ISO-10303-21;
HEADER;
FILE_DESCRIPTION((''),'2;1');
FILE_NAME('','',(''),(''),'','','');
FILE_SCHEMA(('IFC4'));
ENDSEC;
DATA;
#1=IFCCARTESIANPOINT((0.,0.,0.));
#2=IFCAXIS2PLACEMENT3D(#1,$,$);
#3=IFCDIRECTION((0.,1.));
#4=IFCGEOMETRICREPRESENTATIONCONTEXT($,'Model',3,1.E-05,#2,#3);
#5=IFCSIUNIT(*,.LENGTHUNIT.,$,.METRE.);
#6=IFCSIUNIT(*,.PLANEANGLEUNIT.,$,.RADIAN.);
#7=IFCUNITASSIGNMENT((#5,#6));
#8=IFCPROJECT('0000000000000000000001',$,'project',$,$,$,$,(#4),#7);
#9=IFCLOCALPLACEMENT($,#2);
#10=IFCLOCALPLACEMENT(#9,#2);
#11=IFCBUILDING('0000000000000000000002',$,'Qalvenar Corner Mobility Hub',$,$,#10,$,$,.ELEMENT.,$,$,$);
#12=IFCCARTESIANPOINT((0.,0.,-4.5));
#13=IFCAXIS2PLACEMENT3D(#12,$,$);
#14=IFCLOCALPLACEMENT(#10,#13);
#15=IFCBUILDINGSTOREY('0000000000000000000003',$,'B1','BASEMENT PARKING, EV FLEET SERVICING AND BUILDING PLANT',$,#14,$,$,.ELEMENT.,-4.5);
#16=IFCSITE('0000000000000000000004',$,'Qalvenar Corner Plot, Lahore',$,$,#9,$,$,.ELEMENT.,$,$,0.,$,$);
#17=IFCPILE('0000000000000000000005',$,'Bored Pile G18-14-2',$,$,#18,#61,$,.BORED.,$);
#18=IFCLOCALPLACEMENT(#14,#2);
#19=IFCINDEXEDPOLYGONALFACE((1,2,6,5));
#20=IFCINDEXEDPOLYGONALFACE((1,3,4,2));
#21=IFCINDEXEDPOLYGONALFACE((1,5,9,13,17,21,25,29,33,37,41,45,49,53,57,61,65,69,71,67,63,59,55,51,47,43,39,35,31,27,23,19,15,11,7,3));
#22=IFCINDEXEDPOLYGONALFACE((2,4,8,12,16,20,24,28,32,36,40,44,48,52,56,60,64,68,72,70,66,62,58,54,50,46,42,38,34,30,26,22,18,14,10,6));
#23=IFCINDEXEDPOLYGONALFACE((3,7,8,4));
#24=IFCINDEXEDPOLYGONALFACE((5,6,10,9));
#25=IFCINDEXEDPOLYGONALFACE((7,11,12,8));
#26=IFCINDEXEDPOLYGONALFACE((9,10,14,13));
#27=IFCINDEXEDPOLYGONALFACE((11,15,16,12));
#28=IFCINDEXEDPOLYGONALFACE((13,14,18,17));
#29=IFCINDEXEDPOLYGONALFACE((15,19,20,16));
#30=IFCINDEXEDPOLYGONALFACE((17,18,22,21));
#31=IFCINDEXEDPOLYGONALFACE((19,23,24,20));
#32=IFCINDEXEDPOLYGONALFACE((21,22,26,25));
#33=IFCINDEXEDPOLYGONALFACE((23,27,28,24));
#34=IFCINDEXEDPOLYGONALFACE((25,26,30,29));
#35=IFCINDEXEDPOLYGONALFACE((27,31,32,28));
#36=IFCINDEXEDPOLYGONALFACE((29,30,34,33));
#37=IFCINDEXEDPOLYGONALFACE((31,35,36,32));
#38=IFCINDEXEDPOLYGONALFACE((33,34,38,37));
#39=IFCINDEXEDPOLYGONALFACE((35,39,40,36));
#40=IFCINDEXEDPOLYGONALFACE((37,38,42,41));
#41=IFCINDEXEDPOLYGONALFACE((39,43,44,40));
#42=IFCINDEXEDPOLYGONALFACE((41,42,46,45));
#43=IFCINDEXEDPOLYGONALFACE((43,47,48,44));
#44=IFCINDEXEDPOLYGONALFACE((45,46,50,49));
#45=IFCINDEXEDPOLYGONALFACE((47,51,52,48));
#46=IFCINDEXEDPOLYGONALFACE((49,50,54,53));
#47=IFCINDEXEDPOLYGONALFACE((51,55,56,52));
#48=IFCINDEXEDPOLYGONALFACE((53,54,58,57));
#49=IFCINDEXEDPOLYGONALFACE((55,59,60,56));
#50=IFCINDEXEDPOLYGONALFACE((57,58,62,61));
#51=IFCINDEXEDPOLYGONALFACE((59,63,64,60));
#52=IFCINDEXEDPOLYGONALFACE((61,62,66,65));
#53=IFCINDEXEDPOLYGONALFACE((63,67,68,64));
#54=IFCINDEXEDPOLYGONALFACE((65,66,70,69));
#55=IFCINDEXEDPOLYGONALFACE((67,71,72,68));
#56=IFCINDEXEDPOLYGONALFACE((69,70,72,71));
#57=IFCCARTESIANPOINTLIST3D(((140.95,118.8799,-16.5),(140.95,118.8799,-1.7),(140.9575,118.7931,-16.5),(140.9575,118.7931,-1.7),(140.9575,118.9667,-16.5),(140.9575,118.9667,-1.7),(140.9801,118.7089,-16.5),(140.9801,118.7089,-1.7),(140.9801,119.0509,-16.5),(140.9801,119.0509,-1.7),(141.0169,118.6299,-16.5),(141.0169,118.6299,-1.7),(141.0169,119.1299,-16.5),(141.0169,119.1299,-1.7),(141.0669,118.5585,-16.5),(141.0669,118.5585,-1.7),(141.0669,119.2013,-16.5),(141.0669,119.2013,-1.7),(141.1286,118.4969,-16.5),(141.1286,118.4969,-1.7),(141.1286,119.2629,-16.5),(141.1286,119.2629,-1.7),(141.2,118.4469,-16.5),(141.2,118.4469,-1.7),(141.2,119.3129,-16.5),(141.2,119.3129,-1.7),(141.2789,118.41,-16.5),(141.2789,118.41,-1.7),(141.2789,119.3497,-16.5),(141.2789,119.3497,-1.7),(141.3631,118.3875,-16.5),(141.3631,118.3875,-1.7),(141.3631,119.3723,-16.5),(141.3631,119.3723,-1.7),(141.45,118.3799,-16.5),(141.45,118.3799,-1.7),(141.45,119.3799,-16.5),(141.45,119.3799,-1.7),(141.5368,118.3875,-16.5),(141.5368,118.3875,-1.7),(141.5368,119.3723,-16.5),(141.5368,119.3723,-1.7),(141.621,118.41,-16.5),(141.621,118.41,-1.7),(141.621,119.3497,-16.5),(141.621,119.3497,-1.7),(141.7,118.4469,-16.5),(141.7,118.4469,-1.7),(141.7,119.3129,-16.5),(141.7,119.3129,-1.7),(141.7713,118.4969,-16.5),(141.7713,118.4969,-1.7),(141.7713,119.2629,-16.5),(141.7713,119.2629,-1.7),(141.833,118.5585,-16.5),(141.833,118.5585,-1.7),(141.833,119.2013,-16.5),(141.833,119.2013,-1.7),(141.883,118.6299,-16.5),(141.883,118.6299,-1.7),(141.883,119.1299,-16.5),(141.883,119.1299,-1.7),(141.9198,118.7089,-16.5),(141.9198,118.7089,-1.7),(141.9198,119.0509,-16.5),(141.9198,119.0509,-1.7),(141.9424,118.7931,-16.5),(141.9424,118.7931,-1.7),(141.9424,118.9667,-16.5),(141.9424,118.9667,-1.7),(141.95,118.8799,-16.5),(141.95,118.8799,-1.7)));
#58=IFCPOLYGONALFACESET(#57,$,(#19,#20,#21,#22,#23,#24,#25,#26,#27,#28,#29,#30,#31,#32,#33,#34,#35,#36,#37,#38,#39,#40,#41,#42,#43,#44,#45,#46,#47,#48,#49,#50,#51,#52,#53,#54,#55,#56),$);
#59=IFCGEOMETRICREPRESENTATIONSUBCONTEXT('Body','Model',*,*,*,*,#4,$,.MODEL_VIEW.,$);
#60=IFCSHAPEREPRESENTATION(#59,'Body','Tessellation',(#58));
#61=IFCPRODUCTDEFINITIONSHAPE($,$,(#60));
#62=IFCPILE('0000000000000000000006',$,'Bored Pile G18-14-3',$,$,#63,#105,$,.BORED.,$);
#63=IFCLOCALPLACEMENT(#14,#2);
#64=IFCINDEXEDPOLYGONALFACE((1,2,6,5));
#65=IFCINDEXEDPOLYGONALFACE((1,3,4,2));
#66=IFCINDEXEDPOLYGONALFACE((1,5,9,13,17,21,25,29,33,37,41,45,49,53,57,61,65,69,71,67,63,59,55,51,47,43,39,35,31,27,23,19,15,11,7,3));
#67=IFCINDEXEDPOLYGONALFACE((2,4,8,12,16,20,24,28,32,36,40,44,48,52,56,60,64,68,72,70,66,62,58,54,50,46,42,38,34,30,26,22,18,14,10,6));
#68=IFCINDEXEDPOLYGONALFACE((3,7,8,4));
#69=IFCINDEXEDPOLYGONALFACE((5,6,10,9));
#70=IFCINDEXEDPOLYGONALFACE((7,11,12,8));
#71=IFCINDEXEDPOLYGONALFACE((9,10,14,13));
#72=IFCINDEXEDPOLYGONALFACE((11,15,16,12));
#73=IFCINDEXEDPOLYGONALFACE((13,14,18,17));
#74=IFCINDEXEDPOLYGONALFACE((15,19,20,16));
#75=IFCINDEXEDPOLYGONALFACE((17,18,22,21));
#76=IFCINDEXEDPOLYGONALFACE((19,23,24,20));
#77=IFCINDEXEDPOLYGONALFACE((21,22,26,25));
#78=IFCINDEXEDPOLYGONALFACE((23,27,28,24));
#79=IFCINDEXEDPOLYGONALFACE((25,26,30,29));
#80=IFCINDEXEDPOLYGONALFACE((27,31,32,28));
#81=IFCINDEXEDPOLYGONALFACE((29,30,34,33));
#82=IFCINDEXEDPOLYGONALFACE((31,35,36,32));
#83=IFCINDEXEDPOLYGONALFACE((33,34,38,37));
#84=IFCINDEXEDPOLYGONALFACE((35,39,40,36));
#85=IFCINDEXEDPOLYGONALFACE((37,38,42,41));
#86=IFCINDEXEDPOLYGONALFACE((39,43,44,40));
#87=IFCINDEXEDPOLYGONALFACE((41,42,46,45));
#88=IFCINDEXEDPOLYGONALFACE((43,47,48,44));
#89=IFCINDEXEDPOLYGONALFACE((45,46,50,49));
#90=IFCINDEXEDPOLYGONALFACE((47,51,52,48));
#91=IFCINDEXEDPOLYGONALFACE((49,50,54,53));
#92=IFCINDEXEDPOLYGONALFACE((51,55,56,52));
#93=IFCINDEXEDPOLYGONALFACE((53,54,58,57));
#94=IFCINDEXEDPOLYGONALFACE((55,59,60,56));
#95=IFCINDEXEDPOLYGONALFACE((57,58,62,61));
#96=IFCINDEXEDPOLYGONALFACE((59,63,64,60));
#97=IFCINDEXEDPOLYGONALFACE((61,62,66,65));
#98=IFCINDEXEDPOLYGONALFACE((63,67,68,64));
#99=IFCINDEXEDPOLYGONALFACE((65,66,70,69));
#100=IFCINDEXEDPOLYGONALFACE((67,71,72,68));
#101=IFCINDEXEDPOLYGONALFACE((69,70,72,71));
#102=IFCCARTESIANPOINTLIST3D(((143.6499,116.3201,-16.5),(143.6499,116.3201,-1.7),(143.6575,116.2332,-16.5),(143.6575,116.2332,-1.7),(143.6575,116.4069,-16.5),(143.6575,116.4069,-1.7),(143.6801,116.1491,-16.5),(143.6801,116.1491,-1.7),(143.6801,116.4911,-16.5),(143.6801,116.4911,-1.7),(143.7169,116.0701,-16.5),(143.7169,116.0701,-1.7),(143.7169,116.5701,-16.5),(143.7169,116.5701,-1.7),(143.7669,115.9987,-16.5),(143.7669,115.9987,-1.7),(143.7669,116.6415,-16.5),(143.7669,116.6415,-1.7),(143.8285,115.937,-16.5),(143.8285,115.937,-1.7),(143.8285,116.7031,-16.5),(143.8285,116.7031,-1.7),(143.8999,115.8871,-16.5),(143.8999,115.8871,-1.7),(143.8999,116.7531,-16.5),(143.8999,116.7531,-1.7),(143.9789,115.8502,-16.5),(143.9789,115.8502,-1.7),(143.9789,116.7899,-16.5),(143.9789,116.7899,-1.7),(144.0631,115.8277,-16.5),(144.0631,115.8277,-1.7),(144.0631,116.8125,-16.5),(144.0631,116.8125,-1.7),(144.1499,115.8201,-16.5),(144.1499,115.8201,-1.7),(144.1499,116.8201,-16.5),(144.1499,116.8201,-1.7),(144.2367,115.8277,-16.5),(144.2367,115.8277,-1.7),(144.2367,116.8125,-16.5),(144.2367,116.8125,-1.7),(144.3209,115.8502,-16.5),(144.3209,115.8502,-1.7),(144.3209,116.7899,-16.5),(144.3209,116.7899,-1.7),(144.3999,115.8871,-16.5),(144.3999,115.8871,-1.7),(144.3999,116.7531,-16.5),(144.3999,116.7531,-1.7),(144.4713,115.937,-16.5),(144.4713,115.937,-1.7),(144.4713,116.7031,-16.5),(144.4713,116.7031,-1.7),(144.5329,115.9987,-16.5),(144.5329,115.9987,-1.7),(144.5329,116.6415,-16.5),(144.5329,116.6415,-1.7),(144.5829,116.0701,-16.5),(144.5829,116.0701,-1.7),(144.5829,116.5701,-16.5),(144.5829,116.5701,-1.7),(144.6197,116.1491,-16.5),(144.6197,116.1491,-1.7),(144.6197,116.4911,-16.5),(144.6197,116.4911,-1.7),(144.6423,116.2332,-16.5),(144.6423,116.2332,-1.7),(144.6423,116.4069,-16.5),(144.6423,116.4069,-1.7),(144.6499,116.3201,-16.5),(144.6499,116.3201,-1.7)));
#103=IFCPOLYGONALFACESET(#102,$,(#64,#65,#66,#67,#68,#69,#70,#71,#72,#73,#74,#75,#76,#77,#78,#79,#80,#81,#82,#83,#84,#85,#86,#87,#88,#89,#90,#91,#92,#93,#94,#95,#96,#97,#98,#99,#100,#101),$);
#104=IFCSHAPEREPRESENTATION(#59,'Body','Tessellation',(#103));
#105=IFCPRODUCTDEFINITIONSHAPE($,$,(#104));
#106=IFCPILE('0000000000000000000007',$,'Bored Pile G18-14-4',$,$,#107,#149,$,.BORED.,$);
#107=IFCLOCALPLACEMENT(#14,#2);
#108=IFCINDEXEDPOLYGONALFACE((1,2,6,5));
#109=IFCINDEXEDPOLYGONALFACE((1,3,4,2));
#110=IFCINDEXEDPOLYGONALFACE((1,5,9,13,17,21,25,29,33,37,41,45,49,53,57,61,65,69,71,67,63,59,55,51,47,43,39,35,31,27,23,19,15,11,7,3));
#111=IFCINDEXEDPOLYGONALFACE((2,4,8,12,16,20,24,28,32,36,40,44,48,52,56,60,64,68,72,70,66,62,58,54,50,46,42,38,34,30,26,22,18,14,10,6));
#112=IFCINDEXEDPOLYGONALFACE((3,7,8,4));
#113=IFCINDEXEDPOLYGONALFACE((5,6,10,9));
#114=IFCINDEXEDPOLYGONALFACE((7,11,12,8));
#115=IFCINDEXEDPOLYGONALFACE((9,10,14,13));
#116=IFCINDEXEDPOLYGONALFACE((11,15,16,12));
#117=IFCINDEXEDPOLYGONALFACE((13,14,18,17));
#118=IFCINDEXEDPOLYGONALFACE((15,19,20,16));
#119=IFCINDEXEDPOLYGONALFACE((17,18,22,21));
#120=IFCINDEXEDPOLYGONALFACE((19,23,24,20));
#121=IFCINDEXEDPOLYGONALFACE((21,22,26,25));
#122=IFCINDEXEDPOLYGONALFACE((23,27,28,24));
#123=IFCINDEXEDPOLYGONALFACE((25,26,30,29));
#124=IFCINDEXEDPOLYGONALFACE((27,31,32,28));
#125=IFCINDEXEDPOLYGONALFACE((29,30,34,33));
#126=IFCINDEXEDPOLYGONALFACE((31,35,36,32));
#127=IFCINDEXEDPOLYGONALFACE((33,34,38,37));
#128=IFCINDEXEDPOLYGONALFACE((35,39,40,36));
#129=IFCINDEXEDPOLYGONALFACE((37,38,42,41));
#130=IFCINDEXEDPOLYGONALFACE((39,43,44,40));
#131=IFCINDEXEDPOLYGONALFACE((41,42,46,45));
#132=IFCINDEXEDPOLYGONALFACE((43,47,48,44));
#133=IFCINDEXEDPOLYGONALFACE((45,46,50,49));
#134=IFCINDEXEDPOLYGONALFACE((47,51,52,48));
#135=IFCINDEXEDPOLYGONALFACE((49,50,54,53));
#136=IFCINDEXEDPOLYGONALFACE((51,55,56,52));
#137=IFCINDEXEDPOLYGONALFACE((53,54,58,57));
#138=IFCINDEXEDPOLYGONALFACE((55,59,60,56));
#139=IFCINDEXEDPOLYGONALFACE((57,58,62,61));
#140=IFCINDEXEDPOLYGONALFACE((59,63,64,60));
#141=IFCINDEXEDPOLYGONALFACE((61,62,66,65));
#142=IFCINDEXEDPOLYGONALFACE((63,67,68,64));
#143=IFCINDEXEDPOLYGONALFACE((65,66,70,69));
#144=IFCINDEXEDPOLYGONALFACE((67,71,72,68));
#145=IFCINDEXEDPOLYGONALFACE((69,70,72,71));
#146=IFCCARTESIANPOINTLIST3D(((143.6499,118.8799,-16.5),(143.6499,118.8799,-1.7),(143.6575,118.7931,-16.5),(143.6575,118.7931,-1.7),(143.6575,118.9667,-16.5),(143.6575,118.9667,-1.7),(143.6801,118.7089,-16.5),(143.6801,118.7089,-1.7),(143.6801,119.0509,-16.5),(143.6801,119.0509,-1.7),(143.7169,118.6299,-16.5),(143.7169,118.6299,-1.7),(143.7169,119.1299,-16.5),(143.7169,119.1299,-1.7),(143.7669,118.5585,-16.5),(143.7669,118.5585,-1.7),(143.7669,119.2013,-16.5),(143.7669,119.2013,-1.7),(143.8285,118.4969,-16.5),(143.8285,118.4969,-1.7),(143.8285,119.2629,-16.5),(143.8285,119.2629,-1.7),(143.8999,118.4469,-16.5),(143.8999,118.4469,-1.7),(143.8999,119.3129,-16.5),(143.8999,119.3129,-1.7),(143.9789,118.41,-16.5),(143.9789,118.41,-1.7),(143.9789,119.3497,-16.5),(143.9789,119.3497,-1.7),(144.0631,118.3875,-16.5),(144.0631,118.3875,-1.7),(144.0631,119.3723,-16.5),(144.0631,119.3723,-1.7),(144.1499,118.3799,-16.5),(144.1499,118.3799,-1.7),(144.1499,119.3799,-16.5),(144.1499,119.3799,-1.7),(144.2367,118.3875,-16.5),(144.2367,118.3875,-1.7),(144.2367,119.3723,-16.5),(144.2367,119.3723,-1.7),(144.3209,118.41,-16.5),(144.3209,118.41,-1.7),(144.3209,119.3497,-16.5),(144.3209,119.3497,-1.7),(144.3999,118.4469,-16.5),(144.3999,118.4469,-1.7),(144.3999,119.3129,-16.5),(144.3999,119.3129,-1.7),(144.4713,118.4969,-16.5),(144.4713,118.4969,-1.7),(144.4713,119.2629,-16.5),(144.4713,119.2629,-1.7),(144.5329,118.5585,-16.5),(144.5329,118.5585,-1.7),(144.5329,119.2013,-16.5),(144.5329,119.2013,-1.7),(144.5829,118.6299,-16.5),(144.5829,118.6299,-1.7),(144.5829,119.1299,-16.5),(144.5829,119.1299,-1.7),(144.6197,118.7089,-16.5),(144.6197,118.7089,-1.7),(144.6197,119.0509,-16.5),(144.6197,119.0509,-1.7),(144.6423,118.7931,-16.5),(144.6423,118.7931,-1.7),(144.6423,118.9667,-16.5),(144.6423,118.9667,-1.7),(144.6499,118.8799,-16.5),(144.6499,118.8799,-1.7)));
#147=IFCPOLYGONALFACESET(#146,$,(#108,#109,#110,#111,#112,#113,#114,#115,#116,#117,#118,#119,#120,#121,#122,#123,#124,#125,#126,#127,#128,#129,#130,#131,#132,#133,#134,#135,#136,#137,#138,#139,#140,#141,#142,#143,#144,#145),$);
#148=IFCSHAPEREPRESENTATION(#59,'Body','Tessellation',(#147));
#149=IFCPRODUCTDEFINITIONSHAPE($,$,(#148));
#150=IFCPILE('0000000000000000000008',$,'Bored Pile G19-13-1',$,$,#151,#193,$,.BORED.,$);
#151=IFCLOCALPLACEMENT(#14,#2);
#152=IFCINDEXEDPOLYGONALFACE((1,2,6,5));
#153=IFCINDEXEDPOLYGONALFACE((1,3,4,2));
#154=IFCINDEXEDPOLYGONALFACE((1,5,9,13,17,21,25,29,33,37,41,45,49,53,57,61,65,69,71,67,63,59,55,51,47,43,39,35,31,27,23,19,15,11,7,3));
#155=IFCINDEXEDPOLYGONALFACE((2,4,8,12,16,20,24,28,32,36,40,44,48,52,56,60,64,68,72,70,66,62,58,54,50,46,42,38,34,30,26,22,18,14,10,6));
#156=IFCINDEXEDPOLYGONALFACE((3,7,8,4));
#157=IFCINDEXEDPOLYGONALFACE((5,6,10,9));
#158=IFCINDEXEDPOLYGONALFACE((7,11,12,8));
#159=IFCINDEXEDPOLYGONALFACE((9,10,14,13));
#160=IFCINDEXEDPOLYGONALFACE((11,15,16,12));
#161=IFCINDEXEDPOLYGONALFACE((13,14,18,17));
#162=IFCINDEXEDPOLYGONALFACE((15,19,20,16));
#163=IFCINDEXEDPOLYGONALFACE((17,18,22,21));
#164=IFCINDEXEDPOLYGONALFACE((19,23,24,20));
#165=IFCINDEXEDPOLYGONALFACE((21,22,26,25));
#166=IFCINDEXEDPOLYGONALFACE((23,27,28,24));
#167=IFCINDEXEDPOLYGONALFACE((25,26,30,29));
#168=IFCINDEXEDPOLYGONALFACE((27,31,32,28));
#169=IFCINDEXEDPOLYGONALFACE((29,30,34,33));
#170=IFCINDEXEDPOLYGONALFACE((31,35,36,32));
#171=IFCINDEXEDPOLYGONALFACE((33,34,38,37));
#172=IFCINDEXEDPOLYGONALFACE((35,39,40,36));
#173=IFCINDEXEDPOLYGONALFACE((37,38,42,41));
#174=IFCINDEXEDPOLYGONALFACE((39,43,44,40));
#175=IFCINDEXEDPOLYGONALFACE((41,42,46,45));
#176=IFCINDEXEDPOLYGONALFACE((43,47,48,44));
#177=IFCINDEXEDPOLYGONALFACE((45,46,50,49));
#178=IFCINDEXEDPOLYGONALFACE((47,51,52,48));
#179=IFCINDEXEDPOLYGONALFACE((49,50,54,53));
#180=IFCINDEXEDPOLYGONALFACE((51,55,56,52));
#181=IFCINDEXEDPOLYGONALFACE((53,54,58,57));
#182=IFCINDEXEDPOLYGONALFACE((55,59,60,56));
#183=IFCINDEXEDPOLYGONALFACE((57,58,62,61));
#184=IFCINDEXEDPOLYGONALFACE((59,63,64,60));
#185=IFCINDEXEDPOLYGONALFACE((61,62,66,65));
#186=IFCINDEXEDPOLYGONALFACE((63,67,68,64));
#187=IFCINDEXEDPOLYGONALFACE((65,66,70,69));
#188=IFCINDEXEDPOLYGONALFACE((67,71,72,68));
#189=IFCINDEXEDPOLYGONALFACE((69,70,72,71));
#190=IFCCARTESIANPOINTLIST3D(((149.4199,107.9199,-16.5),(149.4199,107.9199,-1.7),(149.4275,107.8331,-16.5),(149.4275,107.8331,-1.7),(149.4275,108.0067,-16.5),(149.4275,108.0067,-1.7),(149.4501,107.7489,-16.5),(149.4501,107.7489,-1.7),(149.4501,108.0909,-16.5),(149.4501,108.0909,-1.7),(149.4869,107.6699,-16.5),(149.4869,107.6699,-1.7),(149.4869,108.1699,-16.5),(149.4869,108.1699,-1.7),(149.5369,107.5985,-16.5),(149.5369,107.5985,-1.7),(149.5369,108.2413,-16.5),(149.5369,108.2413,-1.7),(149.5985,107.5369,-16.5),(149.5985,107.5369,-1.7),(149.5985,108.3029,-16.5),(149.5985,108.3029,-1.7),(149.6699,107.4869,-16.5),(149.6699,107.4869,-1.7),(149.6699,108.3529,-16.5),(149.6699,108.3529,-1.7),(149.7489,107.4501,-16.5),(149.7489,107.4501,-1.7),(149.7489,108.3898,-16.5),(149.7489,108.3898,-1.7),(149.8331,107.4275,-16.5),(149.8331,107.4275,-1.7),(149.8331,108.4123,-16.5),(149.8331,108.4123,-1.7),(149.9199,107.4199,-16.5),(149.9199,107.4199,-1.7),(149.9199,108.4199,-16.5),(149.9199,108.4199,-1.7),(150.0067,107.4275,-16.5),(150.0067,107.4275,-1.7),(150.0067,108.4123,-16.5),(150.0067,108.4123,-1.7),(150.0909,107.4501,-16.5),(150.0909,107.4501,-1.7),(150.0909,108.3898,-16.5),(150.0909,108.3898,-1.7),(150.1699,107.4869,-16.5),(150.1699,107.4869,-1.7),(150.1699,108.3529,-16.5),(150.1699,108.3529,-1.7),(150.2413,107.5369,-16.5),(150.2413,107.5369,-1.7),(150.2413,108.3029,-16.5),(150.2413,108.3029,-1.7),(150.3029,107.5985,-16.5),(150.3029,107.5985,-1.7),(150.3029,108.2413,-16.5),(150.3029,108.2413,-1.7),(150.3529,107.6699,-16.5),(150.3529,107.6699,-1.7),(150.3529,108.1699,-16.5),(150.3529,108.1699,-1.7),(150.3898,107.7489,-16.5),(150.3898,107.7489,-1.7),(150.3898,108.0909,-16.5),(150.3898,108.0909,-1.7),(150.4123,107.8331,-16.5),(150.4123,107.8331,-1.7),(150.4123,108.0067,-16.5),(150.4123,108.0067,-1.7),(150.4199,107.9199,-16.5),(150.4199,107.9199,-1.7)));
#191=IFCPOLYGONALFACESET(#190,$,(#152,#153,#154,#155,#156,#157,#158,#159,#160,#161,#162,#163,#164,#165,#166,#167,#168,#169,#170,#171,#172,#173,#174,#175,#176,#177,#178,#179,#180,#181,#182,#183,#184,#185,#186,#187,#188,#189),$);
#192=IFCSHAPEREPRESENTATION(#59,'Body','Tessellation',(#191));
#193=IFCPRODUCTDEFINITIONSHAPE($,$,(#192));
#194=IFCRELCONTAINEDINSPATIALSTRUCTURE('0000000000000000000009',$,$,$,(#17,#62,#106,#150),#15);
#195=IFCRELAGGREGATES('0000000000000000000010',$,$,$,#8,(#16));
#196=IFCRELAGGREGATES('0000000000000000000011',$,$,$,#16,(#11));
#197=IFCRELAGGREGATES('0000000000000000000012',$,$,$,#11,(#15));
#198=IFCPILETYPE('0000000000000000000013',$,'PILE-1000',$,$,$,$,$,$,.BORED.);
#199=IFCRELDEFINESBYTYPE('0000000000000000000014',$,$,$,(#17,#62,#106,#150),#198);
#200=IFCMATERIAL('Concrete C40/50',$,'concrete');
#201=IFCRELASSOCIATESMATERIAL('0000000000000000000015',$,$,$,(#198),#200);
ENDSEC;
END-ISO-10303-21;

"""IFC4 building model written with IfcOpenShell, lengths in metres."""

from ifc_helpers import new_model, si_unit, direction, frame, origin, origin_2d, place, context, subcontext, project, spatial, circle, extrude, material, material_profile, profile_set, type_object, element, save


model = new_model("IFC4")

# Units and contexts
model_context = context("Model", 3, precision=1e-05, world=origin(), true_north=direction((0.0, 1.0)))
body_context = subcontext(model_context, "Body", "Model", "MODEL_VIEW")
ifc_project = project(units=[si_unit("LENGTHUNIT", "METRE"), si_unit("PLANEANGLEUNIT", "RADIAN")], contexts=[model_context])

# Site, building, storey
site_placement = place(None, origin())
site = spatial("IfcSite", under=ifc_project, at=site_placement, Name="Qalvenar Corner Plot, Lahore", CompositionType="ELEMENT", RefElevation=0.0)
building_placement = place(site_placement, origin())
building = spatial("IfcBuilding", under=site, at=building_placement, Name="Qalvenar Corner Mobility Hub", CompositionType="ELEMENT")
storey_placement = place(building_placement, frame((0.0, 0.0, -4.5)))
storey = spatial("IfcBuildingStorey", under=building, at=storey_placement, Name="B1", Description="BASEMENT PARKING, EV FLEET SERVICING AND BUILDING PLANT", CompositionType="ELEMENT", Elevation=-4.5)

# Shared definitions
ifc_material_1 = material(Name="Concrete C40/50", Category="concrete")

# Piles
ifc_material_profile_1 = material_profile(ifc_material_1, circle(Radius=0.5, at=origin_2d()), Name="DIA1000")
ifc_profile_set_1 = profile_set([ifc_material_profile_1], Name="Concrete C40/50")
pile_type = type_object("IfcPileType", Name="PILE-1000", PredefinedType="BORED", material=ifc_profile_set_1)
for number, where, z_axis, x_axis, name in (
    (1, (141.45, 118.8799, -1.7), (0.0, 0.0, -1.0), (1.0, 0.0, 0.0), "Bored Pile G18-14-2"),
    (2, (144.1499, 116.3201, -1.7), (0.0, 0.0, -1.0), (1.0, 0.0, 0.0), "Bored Pile G18-14-3"),
    (3, (144.1499, 118.8799, -1.7), (0.0, 0.0, -1.0), (1.0, 0.0, 0.0), "Bored Pile G18-14-4"),
    (4, (149.9199, 107.9199, -1.7), (0.0, 0.0, -1.0), (1.0, 0.0, 0.0), "Bored Pile G19-13-1"),
):
    element("IfcPile", number, at=place(storey_placement, frame(where, z_axis=z_axis, x_axis=x_axis)), inside=storey, type_object=pile_type, Name=name, PredefinedType="BORED", context=body_context, shape_type="SweptSolid", body=[
        extrude(circle(Radius=0.5, at=origin_2d()), origin(), (0.0, 0.0, 1.0), 14.8),
    ])

save(model, "model.ifc")
